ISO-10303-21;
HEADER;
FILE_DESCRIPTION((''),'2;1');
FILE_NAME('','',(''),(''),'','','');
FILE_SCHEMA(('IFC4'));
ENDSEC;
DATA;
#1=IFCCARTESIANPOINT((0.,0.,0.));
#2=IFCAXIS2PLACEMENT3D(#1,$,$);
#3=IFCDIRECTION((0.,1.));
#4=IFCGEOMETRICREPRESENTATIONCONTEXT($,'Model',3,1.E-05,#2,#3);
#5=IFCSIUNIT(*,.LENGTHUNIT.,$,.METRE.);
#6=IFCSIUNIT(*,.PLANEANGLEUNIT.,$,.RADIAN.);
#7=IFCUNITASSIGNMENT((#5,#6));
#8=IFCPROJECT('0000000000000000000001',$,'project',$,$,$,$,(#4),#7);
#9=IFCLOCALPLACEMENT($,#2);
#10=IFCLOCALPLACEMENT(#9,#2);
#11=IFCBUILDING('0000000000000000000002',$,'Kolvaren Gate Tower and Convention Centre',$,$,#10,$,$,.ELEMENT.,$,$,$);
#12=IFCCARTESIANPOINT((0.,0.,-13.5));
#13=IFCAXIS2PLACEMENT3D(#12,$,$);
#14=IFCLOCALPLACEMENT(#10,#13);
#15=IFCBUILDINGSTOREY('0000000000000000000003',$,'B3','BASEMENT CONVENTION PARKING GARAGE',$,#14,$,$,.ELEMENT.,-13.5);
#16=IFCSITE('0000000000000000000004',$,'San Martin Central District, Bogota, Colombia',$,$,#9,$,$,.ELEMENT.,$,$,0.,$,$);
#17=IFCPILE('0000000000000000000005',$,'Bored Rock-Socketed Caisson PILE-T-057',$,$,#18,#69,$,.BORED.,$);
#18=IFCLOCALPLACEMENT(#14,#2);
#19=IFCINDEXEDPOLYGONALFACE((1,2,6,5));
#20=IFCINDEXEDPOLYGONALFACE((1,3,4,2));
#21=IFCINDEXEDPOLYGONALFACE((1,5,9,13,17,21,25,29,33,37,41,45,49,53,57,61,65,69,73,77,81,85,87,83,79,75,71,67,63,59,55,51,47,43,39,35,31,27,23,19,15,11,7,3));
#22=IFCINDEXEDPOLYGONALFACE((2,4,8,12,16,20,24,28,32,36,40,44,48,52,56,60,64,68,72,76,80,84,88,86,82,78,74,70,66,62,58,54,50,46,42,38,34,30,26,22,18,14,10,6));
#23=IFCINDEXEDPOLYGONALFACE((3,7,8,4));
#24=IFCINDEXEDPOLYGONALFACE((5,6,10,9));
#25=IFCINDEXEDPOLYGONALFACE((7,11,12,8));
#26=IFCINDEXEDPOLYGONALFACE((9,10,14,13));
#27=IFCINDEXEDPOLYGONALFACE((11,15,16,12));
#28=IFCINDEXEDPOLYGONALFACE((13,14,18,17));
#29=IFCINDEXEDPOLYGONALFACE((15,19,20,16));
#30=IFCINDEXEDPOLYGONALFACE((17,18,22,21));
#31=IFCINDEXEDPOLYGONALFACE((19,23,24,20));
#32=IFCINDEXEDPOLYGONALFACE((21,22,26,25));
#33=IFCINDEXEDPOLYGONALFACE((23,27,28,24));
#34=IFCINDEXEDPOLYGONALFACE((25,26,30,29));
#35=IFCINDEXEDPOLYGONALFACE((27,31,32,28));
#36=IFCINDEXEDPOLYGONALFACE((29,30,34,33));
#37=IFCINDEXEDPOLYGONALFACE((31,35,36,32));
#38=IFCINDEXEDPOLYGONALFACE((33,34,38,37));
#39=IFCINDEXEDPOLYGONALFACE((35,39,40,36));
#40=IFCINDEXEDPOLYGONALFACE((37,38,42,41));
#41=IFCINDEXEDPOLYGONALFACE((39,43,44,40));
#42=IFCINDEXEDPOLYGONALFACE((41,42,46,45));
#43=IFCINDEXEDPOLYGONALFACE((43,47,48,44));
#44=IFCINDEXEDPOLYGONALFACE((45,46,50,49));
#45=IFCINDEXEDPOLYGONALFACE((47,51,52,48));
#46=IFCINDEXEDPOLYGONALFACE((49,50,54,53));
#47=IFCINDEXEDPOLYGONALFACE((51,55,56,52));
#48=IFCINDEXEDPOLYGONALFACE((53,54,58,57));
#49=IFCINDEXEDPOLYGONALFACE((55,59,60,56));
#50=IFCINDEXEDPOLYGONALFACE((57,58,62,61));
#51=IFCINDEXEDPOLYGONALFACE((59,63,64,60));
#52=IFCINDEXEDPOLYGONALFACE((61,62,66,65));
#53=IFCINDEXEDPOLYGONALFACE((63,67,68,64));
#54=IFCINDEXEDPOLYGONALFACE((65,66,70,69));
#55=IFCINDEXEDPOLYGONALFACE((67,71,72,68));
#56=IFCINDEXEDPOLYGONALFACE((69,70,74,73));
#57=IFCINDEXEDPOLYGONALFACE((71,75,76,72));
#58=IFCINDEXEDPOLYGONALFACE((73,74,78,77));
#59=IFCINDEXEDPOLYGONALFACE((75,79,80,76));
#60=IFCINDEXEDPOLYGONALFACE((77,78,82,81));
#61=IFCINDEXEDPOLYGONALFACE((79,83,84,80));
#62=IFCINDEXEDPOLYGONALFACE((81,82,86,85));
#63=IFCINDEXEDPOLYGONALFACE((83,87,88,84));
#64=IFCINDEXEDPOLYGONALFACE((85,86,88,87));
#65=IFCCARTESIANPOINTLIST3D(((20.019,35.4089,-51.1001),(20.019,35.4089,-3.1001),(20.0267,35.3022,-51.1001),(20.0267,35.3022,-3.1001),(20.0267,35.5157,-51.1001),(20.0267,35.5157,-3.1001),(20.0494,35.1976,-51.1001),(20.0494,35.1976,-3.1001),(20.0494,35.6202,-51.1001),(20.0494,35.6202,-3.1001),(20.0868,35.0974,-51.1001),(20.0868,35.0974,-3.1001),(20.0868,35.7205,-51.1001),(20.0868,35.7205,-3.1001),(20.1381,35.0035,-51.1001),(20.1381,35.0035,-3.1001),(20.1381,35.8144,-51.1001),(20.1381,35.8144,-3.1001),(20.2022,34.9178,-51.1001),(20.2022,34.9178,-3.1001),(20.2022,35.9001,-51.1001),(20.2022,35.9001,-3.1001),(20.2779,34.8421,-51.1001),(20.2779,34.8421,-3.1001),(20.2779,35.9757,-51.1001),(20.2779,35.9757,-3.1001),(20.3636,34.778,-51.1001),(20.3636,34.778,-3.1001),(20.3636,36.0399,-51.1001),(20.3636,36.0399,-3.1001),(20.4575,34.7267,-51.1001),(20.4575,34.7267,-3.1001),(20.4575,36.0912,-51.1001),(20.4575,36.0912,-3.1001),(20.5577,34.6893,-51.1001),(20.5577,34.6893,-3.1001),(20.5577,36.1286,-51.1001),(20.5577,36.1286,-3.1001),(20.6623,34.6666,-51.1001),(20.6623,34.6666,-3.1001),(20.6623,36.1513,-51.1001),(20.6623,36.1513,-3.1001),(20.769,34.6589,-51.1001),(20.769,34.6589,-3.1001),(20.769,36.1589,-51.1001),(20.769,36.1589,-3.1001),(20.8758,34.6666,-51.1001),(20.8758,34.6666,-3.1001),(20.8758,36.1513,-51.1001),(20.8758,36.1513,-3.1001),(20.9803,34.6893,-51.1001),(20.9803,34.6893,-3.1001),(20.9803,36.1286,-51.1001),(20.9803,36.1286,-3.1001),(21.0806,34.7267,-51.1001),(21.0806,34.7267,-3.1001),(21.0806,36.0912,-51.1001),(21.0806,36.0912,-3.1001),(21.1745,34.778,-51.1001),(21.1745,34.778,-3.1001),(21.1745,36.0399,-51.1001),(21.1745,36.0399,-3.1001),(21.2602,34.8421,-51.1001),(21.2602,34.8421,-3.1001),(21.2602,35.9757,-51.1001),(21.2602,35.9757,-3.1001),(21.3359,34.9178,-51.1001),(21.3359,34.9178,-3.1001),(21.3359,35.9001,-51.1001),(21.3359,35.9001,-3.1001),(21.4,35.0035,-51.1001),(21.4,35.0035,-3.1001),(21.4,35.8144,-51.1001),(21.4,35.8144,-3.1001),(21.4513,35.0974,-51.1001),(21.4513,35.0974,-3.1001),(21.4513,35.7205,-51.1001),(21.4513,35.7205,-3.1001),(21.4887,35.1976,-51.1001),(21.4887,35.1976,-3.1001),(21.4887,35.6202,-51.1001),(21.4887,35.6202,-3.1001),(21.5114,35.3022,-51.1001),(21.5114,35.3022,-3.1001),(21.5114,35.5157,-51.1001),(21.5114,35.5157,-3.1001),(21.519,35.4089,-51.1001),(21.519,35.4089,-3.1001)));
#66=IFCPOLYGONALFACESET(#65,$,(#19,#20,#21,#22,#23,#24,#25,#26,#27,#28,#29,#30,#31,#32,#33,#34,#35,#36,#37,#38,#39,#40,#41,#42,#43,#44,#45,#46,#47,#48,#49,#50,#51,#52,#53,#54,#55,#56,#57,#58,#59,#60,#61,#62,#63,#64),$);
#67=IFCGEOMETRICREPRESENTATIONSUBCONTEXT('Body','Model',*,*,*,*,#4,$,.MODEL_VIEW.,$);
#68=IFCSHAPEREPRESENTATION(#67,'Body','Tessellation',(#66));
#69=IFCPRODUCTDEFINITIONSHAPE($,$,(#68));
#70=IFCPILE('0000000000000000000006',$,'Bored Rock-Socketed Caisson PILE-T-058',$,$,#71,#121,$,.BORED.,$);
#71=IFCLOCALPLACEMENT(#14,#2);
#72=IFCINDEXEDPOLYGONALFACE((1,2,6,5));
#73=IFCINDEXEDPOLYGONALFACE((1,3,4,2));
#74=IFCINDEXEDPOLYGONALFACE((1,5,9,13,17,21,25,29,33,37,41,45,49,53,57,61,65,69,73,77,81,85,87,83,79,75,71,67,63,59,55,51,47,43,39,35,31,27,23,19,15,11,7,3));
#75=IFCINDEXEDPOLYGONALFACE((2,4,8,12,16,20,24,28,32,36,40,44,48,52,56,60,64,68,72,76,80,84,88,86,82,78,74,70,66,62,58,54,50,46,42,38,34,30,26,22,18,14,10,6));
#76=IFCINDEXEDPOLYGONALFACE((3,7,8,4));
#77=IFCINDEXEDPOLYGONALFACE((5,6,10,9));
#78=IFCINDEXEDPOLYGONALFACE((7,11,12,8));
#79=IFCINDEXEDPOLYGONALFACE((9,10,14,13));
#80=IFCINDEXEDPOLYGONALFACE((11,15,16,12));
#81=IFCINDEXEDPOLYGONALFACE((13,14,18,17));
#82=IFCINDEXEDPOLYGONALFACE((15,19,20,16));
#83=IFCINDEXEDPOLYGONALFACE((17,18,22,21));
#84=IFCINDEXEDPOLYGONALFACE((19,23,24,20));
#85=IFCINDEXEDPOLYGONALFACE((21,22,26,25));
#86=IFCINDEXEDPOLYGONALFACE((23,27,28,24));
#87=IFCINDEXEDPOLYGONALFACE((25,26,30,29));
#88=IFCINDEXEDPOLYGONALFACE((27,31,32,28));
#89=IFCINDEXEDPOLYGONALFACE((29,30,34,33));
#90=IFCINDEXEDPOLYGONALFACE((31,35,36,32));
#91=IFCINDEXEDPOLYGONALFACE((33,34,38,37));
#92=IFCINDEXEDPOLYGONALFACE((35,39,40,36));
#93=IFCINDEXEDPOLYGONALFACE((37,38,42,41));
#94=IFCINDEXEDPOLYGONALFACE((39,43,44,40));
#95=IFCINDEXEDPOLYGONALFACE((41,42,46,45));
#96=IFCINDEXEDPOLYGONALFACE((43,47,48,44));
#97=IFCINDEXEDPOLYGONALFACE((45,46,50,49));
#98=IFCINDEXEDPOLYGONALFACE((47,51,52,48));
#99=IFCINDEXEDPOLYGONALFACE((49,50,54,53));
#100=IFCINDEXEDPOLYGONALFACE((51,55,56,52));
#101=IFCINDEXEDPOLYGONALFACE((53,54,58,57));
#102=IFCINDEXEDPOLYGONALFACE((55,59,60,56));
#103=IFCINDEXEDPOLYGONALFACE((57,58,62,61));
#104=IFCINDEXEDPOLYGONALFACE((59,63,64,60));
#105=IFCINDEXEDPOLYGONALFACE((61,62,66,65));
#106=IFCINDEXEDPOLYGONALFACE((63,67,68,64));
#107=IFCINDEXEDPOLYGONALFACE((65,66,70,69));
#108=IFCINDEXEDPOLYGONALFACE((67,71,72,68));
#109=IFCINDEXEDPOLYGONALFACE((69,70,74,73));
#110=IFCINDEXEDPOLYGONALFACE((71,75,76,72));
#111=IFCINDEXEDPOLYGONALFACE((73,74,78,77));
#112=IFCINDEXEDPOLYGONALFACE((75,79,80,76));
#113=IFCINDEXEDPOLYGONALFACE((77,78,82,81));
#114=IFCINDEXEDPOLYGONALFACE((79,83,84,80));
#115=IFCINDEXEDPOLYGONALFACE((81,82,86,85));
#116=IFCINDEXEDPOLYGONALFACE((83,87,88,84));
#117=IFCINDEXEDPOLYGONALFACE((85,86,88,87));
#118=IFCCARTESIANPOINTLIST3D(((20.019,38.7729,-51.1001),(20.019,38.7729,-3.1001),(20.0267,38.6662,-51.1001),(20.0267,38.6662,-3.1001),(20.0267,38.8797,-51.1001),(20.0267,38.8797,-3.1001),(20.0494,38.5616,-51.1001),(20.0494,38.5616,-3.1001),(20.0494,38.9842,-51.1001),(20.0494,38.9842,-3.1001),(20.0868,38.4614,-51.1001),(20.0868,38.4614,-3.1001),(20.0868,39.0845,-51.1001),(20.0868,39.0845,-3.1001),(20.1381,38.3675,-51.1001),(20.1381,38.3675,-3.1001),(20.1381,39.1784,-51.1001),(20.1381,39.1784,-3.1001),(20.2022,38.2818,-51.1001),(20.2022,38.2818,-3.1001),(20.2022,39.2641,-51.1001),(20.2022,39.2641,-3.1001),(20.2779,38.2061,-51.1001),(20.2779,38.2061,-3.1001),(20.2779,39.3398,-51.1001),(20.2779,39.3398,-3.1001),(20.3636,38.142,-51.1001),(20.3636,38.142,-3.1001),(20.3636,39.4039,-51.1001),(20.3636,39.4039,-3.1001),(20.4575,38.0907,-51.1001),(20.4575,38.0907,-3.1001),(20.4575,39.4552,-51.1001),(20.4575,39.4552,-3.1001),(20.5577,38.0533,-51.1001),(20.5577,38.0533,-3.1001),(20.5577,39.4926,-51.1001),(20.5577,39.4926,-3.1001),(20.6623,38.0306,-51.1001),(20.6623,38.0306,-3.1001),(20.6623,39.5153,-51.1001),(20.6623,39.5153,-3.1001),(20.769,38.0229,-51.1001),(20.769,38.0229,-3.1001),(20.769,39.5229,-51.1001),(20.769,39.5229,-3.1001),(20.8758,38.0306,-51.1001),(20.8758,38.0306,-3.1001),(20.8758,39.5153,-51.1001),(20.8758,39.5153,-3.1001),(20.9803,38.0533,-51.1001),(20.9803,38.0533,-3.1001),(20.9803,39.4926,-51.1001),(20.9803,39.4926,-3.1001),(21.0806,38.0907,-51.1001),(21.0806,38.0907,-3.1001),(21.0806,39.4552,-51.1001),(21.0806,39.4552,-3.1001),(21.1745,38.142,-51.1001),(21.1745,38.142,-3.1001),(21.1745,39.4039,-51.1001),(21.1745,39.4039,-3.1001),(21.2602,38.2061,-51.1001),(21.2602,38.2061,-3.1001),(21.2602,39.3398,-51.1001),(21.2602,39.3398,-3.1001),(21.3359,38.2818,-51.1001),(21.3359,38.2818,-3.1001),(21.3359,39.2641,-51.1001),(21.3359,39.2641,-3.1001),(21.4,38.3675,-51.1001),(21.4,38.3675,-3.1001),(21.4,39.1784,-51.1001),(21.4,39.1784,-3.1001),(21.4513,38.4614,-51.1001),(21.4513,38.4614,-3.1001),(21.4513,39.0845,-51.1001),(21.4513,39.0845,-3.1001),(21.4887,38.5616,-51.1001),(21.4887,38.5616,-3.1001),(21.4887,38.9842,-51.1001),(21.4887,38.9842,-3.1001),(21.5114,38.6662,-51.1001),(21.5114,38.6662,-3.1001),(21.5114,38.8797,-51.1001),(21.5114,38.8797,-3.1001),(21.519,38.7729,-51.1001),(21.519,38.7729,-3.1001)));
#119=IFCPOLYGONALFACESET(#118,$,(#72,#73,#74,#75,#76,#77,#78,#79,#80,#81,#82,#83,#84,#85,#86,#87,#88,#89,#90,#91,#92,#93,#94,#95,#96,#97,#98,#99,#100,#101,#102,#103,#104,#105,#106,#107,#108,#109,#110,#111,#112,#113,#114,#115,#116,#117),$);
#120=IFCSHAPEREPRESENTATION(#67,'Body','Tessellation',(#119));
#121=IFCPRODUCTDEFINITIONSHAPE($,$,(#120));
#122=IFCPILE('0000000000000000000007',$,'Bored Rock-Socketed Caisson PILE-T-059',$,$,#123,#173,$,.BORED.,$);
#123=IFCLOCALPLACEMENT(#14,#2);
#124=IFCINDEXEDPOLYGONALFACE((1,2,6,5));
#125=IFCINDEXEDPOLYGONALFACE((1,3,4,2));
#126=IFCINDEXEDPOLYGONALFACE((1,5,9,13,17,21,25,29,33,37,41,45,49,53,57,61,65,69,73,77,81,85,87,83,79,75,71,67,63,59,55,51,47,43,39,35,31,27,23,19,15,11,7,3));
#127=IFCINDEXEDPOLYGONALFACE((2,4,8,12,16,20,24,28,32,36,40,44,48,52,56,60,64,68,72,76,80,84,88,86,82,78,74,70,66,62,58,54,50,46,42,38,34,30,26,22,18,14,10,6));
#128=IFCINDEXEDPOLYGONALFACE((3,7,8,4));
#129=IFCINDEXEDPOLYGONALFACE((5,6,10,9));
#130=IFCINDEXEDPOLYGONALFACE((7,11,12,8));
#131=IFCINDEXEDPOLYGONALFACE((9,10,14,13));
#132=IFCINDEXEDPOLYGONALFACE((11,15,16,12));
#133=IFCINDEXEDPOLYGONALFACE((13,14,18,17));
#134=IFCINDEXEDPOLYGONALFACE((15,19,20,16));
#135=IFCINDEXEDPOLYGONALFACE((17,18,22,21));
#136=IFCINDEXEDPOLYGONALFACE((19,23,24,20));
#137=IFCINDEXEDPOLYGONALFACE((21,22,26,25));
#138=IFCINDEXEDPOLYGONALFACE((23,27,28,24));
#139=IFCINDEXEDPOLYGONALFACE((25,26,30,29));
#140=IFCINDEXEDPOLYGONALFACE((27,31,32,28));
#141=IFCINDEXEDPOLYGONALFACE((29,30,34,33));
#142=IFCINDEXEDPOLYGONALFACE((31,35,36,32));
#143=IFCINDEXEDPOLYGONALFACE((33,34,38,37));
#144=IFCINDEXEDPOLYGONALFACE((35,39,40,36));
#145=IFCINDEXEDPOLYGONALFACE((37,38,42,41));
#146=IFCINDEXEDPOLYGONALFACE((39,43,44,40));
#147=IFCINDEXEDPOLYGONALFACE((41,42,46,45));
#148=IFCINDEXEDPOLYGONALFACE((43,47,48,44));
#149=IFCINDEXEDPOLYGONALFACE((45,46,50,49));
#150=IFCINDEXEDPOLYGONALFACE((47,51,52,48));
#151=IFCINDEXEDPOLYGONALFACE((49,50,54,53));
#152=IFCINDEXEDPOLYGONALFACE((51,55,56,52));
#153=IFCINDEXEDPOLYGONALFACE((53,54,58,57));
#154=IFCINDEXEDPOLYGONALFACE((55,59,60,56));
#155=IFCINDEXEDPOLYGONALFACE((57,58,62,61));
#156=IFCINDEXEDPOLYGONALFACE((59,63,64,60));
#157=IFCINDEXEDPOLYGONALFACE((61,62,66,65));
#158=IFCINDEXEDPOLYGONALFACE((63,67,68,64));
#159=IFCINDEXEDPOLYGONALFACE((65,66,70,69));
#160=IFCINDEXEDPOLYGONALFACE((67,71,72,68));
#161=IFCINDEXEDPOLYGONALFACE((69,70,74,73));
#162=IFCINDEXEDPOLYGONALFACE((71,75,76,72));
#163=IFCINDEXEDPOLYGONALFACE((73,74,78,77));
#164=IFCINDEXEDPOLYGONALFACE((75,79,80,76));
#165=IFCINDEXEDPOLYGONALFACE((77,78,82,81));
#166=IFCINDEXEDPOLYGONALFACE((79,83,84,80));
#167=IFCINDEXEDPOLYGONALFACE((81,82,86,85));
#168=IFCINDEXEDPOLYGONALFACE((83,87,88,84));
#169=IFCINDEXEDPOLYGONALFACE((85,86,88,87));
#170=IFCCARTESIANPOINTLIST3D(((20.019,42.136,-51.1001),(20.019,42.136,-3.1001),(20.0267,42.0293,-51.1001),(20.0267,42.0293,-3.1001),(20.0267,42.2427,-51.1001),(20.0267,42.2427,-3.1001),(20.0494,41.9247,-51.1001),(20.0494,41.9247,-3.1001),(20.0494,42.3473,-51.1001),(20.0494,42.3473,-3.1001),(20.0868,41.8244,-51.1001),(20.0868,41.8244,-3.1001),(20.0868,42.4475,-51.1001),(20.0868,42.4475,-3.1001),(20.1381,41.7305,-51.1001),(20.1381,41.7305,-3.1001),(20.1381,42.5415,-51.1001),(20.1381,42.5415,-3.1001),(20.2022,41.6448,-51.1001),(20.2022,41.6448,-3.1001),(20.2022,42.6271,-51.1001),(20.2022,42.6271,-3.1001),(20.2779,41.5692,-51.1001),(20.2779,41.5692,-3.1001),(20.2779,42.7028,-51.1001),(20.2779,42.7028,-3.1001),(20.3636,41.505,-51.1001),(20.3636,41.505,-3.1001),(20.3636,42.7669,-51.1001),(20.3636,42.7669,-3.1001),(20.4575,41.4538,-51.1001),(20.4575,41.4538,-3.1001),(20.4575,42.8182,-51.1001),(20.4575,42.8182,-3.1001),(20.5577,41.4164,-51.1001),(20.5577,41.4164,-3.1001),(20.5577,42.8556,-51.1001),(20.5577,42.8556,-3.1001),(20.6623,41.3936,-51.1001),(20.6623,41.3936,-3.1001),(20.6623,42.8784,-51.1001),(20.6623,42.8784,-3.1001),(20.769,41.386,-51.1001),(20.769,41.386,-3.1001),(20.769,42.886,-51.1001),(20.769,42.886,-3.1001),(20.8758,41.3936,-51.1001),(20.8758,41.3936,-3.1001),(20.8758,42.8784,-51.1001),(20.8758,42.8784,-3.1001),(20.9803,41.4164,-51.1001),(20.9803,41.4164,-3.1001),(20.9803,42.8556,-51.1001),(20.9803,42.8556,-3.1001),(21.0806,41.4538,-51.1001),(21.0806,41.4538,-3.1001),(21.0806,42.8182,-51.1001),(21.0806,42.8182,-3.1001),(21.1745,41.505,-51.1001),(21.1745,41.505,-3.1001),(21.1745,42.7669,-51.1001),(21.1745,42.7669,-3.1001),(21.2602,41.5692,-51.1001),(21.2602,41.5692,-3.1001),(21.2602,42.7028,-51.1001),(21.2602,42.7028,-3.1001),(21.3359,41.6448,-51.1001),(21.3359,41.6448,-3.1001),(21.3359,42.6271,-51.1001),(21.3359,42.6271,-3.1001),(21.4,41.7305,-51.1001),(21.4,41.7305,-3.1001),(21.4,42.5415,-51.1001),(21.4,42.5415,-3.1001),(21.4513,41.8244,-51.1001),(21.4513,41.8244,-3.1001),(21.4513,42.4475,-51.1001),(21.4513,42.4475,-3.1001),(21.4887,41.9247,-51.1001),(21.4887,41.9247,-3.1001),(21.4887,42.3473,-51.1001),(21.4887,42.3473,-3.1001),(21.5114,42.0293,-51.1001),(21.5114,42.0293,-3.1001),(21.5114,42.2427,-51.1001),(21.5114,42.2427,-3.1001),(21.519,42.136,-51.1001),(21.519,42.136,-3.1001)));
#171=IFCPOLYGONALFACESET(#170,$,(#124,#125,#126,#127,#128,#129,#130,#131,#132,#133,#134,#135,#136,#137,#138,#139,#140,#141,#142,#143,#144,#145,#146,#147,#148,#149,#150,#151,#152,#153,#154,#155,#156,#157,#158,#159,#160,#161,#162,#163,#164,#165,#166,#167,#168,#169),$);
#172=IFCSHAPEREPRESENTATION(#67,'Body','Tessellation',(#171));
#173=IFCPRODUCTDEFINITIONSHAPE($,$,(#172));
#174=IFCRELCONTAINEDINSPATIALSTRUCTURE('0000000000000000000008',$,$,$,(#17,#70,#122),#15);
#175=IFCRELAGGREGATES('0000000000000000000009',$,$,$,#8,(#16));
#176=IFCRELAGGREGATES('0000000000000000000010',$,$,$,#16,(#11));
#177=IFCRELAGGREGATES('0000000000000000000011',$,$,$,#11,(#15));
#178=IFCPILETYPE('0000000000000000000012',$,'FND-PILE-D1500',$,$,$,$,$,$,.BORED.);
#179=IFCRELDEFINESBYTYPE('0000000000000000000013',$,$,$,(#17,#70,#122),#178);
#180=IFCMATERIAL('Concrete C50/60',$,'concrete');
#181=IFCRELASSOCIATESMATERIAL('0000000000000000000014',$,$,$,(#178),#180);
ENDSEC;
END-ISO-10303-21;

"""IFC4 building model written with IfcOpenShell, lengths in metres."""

from ifc_helpers import new_model, si_unit, direction, frame, origin, origin_2d, place, context, subcontext, project, spatial, circle, extrude, material, material_profile, profile_set, type_object, element, save


model = new_model("IFC4")

# Units and contexts
model_context = context("Model", 3, precision=1e-05, world=origin(), true_north=direction((0.0, 1.0)))
body_context = subcontext(model_context, "Body", "Model", "MODEL_VIEW")
ifc_project = project(units=[si_unit("LENGTHUNIT", "METRE"), si_unit("PLANEANGLEUNIT", "RADIAN")], contexts=[model_context])

# Site, building, storey
site_placement = place(None, origin())
site = spatial("IfcSite", under=ifc_project, at=site_placement, Name="San Martin Central District, Bogota, Colombia", CompositionType="ELEMENT", RefElevation=0.0)
building_placement = place(site_placement, origin())
building = spatial("IfcBuilding", under=site, at=building_placement, Name="Kolvaren Gate Tower and Convention Centre", CompositionType="ELEMENT")
storey_placement = place(building_placement, frame((0.0, 0.0, -13.5)))
storey = spatial("IfcBuildingStorey", under=building, at=storey_placement, Name="B3", Description="BASEMENT CONVENTION PARKING GARAGE", CompositionType="ELEMENT", Elevation=-13.5)

# Piles
ifc_material_1 = material(Name="Concrete C50/60", Category="concrete")
ifc_material_profile_1 = material_profile(ifc_material_1, circle(Radius=0.75, at=origin_2d()), Name="CAISSON-D1500")
ifc_profile_set_1 = profile_set([ifc_material_profile_1], Name="Concrete C50/60")
pile_type = type_object("IfcPileType", Name="FND-PILE-D1500", PredefinedType="BORED", material=ifc_profile_set_1)
for number, where, z_axis, x_axis, name in (
    (1, (20.769, 35.4089, -3.1001), (0.0, 0.0, -1.0), (1.0, 0.0, 0.0), "Bored Rock-Socketed Caisson PILE-T-057"),
    (2, (20.769, 38.7729, -3.1001), (0.0, 0.0, -1.0), (1.0, 0.0, 0.0), "Bored Rock-Socketed Caisson PILE-T-058"),
    (3, (20.769, 42.136, -3.1001), (0.0, 0.0, -1.0), (1.0, 0.0, 0.0), "Bored Rock-Socketed Caisson PILE-T-059"),
):
    element("IfcPile", number, at=place(storey_placement, frame(where, z_axis=z_axis, x_axis=x_axis)), inside=storey, type_object=pile_type, Name=name, PredefinedType="BORED", context=body_context, shape_type="SweptSolid", body=[
        extrude(circle(Radius=0.75, at=origin_2d()), origin(), (0.0, 0.0, 1.0), 48.0),
    ])

save(model, "model.ifc")
